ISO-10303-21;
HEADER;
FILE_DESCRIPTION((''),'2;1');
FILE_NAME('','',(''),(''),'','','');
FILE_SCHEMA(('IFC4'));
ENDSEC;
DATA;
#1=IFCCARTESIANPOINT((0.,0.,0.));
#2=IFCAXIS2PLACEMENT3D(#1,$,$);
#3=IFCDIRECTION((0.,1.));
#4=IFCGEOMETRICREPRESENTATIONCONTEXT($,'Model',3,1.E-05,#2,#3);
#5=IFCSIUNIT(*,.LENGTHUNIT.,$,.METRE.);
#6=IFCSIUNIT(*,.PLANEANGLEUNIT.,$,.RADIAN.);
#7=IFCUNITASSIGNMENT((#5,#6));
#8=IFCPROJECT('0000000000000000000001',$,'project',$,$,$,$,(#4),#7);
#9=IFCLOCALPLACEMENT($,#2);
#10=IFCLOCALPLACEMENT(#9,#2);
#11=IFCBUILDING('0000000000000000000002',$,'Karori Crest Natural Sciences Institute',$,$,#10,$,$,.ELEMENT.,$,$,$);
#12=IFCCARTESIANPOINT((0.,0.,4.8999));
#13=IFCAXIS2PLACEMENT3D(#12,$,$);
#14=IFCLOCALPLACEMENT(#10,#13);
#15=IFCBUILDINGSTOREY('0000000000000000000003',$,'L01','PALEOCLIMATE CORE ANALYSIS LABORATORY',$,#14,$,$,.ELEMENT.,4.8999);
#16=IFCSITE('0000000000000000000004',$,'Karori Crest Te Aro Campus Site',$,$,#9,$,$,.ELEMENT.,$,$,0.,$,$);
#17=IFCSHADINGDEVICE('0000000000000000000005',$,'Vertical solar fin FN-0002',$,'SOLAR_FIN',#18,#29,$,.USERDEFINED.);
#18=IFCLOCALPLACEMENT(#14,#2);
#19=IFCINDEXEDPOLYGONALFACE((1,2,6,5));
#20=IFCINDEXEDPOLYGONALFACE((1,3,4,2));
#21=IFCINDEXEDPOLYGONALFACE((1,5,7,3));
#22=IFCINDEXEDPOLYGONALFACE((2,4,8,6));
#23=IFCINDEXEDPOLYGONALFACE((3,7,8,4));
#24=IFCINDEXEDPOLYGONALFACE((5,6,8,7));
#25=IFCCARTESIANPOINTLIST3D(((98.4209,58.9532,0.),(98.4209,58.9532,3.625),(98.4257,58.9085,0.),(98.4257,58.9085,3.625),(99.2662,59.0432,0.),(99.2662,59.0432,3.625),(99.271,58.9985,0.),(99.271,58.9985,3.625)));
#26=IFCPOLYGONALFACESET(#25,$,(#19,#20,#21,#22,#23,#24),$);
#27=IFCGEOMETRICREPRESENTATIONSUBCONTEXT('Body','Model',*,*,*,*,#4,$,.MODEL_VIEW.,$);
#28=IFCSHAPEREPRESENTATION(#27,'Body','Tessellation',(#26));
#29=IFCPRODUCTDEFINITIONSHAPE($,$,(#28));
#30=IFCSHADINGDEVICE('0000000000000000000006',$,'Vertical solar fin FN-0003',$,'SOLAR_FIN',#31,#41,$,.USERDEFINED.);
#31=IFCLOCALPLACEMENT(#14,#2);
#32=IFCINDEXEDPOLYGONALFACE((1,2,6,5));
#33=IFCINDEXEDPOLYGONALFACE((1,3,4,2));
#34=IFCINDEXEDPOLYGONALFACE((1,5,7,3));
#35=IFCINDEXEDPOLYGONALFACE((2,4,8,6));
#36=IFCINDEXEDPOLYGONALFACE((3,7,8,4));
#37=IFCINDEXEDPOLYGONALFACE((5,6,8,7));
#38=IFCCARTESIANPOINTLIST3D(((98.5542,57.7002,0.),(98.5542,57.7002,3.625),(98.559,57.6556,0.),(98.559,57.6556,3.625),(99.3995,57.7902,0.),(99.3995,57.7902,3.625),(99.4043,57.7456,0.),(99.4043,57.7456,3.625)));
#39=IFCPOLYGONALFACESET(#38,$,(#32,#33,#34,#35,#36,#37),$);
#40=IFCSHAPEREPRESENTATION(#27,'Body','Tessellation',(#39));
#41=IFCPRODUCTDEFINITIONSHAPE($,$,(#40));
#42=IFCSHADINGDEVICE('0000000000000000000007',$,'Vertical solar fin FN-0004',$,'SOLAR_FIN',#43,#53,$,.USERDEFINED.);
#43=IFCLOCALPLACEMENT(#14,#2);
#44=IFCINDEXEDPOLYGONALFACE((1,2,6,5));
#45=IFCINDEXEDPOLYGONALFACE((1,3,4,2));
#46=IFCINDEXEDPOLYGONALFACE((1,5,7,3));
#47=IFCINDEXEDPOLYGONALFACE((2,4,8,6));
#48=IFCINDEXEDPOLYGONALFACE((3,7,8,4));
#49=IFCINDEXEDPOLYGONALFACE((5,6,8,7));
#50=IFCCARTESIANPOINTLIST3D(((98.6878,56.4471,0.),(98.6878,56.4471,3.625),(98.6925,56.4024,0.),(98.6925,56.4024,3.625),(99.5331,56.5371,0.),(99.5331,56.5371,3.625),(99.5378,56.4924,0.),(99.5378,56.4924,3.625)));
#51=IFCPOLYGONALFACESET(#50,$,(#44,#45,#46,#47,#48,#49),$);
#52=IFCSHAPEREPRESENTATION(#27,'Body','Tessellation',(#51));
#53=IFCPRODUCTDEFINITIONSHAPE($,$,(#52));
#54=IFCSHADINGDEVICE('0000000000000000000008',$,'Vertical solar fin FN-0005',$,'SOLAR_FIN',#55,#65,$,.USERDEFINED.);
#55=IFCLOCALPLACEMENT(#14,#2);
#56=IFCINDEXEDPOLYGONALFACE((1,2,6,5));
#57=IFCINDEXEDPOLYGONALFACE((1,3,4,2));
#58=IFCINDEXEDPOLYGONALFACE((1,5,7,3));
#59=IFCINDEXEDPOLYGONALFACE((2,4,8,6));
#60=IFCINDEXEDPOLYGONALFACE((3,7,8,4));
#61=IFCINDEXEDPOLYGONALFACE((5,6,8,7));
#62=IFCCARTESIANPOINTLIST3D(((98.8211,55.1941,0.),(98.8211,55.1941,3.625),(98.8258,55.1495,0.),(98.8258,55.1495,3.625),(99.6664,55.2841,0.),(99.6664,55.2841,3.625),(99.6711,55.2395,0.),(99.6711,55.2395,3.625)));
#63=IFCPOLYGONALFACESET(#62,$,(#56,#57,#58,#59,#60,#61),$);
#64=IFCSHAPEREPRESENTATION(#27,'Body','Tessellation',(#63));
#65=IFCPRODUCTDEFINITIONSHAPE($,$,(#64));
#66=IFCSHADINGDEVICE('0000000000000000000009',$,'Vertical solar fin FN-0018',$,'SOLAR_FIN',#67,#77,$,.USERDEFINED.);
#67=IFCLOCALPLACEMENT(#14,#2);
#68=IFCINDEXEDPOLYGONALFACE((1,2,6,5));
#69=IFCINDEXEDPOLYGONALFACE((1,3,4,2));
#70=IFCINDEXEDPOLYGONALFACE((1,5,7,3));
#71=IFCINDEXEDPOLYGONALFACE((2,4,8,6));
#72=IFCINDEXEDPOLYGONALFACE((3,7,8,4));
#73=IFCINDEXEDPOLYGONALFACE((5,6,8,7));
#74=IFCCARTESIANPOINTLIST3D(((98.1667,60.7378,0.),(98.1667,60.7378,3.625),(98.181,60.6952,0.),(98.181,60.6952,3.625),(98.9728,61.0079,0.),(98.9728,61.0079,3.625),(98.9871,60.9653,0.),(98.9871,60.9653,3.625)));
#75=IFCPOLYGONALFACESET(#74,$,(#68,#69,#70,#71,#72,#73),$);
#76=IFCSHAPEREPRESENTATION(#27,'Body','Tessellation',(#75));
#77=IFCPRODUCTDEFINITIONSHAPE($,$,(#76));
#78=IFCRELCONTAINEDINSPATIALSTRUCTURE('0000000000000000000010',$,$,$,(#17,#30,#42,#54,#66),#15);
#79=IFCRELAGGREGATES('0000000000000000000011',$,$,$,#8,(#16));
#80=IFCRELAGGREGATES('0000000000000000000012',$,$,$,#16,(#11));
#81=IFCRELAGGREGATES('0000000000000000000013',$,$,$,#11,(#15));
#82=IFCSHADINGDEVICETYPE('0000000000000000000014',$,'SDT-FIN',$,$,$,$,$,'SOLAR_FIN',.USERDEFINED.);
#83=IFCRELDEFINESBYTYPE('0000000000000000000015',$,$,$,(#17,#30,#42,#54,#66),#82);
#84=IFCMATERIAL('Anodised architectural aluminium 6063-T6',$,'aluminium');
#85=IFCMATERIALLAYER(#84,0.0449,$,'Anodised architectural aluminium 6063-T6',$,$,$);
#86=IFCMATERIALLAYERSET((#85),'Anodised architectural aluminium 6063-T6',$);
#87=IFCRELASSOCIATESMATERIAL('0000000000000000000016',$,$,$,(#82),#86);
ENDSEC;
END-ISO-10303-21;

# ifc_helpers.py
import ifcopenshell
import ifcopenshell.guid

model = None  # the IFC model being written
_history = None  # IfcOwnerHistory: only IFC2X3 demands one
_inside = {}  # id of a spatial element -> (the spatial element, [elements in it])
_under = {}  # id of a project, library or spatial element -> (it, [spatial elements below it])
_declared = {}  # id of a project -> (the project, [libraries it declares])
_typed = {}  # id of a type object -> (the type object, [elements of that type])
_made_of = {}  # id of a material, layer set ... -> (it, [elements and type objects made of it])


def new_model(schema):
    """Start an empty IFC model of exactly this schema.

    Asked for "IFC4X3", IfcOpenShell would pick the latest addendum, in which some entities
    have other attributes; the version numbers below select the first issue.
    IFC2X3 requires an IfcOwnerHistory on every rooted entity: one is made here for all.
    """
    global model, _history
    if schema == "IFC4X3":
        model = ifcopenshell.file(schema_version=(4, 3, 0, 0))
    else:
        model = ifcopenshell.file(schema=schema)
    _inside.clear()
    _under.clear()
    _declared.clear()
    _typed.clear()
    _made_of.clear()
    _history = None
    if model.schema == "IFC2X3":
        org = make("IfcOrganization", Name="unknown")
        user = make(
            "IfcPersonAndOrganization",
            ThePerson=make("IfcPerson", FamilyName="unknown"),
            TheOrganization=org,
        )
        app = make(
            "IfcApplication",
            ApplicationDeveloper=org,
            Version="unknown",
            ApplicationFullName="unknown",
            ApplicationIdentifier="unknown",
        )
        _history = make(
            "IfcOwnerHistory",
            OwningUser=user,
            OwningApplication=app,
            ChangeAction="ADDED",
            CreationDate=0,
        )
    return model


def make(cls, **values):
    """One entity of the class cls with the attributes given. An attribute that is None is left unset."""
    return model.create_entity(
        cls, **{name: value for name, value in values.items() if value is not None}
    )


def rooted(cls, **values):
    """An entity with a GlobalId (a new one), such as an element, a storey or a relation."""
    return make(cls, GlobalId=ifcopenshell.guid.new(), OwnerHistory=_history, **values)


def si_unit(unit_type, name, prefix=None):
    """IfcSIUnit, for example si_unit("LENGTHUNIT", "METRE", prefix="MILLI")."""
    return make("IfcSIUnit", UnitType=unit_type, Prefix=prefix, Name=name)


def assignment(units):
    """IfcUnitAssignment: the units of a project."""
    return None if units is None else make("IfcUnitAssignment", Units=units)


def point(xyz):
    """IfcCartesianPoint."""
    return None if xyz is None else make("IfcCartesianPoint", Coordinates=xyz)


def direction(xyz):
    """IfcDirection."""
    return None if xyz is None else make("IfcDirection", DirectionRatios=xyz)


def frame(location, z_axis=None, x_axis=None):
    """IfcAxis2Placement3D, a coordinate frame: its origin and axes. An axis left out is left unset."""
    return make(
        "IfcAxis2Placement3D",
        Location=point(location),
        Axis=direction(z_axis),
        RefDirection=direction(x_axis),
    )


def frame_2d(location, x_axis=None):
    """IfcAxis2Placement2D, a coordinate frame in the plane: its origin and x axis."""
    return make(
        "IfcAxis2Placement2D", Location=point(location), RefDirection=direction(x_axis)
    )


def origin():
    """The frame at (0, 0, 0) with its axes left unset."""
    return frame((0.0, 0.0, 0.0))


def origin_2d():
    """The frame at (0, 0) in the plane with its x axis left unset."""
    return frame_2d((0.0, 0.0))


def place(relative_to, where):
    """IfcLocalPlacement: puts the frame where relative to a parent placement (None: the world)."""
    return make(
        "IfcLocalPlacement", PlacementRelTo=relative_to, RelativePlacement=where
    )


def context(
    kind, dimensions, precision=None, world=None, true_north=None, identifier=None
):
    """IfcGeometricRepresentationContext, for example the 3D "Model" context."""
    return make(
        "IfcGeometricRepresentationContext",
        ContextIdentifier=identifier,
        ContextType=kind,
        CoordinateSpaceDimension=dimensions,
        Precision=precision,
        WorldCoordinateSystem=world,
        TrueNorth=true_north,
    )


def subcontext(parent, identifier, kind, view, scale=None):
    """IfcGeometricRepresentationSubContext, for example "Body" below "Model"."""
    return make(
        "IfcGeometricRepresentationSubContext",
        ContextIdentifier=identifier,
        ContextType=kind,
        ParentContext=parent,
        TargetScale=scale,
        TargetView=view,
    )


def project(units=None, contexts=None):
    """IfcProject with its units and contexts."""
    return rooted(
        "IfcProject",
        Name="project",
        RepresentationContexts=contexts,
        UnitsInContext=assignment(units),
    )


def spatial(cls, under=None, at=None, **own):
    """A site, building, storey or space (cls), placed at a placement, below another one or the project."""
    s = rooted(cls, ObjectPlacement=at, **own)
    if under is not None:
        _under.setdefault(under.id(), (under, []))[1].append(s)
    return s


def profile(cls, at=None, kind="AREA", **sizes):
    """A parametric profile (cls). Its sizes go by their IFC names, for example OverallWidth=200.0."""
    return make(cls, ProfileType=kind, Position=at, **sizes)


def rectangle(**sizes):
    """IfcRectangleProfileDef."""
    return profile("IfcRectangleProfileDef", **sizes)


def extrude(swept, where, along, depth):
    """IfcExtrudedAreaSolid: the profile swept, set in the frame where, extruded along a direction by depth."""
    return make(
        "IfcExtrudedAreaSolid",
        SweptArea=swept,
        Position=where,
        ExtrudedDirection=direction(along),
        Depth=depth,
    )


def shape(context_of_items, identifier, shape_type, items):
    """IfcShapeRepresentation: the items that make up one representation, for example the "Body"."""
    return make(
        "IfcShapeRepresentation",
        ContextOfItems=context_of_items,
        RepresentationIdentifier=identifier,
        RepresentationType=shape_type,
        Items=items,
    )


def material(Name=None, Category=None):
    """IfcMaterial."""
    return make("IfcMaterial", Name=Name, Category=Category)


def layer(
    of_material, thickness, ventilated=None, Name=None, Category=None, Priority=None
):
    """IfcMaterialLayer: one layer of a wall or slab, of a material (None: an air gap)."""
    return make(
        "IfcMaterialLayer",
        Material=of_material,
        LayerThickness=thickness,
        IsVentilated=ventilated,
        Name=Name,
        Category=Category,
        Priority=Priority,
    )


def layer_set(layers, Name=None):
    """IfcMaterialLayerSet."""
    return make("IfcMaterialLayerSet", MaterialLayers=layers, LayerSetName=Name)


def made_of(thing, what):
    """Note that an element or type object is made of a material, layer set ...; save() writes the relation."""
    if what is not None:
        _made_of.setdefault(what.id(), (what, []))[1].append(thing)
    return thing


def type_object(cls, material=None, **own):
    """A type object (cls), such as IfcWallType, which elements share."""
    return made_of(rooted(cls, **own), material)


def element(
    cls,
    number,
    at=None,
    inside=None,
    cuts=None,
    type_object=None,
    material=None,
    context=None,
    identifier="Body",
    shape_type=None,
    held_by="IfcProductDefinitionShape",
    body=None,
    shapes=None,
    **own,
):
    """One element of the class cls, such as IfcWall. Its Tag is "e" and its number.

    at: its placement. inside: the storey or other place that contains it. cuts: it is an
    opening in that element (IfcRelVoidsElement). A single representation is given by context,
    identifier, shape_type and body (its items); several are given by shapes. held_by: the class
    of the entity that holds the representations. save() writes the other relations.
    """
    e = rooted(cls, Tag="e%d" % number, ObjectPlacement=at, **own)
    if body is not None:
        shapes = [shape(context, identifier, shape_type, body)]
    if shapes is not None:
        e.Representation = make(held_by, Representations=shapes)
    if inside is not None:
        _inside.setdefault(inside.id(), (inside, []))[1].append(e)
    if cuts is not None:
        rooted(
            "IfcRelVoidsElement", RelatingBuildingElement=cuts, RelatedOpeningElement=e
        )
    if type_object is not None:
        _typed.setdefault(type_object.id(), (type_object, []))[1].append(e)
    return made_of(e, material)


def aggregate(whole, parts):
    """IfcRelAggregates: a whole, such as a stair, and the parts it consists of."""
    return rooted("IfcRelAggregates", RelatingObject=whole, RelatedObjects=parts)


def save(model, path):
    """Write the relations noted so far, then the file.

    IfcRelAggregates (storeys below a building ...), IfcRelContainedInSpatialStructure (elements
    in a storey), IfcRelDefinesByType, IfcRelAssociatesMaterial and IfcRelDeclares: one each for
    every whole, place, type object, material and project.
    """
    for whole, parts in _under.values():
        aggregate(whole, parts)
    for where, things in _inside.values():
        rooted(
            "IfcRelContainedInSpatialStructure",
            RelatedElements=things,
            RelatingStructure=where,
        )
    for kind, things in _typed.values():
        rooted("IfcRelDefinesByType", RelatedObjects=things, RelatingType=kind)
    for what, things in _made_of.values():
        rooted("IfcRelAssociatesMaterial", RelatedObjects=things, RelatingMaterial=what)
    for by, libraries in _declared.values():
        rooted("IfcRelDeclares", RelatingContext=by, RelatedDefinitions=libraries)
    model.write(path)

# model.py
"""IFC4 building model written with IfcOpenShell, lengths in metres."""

from ifc_helpers import new_model, si_unit, direction, frame, origin, origin_2d, place, context, subcontext, project, spatial, rectangle, extrude, material, layer, layer_set, type_object, element, save


model = new_model("IFC4")

# Units and contexts
model_context = context("Model", 3, precision=1e-05, world=origin(), true_north=direction((0.0, 1.0)))
body_context = subcontext(model_context, "Body", "Model", "MODEL_VIEW")
ifc_project = project(units=[si_unit("LENGTHUNIT", "METRE"), si_unit("PLANEANGLEUNIT", "RADIAN")], contexts=[model_context])

# Site, building, storey
site_placement = place(None, origin())
site = spatial("IfcSite", under=ifc_project, at=site_placement, Name="Karori Crest Te Aro Campus Site", CompositionType="ELEMENT", RefElevation=0.0)
building_placement = place(site_placement, origin())
building = spatial("IfcBuilding", under=site, at=building_placement, Name="Karori Crest Natural Sciences Institute", CompositionType="ELEMENT")
storey_placement = place(building_placement, frame((0.0, 0.0, 4.8999)))
storey = spatial("IfcBuildingStorey", under=building, at=storey_placement, Name="L01", Description="PALEOCLIMATE CORE ANALYSIS LABORATORY", CompositionType="ELEMENT", Elevation=4.8999)

# Shared definitions
ifc_material_1 = material(Name="Anodised architectural aluminium 6063-T6", Category="aluminium")

# Shading devices
ifc_layer_1 = layer(ifc_material_1, 0.0449, Name="Anodised architectural aluminium 6063-T6")
ifc_layer_set_1 = layer_set([ifc_layer_1], Name="Anodised architectural aluminium 6063-T6")
shading_device_type = type_object("IfcShadingDeviceType", Name="SDT-FIN", ElementType="SOLAR_FIN", PredefinedType="USERDEFINED", material=ifc_layer_set_1)
for number, where, z_axis, x_axis, name in (
    (1, (98.8459, 58.9758, 0.0), (0.0, 0.0, 1.0), (0.994379, 0.105882, 0.0), "Vertical solar fin FN-0002"),
    (2, (98.9792, 57.7229, 0.0), (0.0, 0.0, 1.0), (0.994379, 0.105882, 0.0), "Vertical solar fin FN-0003"),
    (3, (99.1128, 56.4697, 0.0), (0.0, 0.0, 1.0), (0.994379, 0.105882, 0.0), "Vertical solar fin FN-0004"),
    (4, (99.2461, 55.2168, 0.0), (0.0, 0.0, 1.0), (0.994379, 0.105882, 0.0), "Vertical solar fin FN-0005"),
    (5, (98.5769, 60.8516, 0.0), (0.0, 0.0, 1.0), (0.948196, 0.317685, 0.0), "Vertical solar fin FN-0018"),
):
    element("IfcShadingDevice", number, at=place(storey_placement, frame(where, z_axis=z_axis, x_axis=x_axis)), inside=storey, type_object=shading_device_type, Name=name, ObjectType="SOLAR_FIN", PredefinedType="USERDEFINED", context=body_context, shape_type="SweptSolid", body=[
        extrude(rectangle(XDim=0.8501, YDim=0.0449, at=origin_2d()), origin(), (0.0, 0.0, 1.0), 3.625),
    ])

save(model, "model.ifc")
